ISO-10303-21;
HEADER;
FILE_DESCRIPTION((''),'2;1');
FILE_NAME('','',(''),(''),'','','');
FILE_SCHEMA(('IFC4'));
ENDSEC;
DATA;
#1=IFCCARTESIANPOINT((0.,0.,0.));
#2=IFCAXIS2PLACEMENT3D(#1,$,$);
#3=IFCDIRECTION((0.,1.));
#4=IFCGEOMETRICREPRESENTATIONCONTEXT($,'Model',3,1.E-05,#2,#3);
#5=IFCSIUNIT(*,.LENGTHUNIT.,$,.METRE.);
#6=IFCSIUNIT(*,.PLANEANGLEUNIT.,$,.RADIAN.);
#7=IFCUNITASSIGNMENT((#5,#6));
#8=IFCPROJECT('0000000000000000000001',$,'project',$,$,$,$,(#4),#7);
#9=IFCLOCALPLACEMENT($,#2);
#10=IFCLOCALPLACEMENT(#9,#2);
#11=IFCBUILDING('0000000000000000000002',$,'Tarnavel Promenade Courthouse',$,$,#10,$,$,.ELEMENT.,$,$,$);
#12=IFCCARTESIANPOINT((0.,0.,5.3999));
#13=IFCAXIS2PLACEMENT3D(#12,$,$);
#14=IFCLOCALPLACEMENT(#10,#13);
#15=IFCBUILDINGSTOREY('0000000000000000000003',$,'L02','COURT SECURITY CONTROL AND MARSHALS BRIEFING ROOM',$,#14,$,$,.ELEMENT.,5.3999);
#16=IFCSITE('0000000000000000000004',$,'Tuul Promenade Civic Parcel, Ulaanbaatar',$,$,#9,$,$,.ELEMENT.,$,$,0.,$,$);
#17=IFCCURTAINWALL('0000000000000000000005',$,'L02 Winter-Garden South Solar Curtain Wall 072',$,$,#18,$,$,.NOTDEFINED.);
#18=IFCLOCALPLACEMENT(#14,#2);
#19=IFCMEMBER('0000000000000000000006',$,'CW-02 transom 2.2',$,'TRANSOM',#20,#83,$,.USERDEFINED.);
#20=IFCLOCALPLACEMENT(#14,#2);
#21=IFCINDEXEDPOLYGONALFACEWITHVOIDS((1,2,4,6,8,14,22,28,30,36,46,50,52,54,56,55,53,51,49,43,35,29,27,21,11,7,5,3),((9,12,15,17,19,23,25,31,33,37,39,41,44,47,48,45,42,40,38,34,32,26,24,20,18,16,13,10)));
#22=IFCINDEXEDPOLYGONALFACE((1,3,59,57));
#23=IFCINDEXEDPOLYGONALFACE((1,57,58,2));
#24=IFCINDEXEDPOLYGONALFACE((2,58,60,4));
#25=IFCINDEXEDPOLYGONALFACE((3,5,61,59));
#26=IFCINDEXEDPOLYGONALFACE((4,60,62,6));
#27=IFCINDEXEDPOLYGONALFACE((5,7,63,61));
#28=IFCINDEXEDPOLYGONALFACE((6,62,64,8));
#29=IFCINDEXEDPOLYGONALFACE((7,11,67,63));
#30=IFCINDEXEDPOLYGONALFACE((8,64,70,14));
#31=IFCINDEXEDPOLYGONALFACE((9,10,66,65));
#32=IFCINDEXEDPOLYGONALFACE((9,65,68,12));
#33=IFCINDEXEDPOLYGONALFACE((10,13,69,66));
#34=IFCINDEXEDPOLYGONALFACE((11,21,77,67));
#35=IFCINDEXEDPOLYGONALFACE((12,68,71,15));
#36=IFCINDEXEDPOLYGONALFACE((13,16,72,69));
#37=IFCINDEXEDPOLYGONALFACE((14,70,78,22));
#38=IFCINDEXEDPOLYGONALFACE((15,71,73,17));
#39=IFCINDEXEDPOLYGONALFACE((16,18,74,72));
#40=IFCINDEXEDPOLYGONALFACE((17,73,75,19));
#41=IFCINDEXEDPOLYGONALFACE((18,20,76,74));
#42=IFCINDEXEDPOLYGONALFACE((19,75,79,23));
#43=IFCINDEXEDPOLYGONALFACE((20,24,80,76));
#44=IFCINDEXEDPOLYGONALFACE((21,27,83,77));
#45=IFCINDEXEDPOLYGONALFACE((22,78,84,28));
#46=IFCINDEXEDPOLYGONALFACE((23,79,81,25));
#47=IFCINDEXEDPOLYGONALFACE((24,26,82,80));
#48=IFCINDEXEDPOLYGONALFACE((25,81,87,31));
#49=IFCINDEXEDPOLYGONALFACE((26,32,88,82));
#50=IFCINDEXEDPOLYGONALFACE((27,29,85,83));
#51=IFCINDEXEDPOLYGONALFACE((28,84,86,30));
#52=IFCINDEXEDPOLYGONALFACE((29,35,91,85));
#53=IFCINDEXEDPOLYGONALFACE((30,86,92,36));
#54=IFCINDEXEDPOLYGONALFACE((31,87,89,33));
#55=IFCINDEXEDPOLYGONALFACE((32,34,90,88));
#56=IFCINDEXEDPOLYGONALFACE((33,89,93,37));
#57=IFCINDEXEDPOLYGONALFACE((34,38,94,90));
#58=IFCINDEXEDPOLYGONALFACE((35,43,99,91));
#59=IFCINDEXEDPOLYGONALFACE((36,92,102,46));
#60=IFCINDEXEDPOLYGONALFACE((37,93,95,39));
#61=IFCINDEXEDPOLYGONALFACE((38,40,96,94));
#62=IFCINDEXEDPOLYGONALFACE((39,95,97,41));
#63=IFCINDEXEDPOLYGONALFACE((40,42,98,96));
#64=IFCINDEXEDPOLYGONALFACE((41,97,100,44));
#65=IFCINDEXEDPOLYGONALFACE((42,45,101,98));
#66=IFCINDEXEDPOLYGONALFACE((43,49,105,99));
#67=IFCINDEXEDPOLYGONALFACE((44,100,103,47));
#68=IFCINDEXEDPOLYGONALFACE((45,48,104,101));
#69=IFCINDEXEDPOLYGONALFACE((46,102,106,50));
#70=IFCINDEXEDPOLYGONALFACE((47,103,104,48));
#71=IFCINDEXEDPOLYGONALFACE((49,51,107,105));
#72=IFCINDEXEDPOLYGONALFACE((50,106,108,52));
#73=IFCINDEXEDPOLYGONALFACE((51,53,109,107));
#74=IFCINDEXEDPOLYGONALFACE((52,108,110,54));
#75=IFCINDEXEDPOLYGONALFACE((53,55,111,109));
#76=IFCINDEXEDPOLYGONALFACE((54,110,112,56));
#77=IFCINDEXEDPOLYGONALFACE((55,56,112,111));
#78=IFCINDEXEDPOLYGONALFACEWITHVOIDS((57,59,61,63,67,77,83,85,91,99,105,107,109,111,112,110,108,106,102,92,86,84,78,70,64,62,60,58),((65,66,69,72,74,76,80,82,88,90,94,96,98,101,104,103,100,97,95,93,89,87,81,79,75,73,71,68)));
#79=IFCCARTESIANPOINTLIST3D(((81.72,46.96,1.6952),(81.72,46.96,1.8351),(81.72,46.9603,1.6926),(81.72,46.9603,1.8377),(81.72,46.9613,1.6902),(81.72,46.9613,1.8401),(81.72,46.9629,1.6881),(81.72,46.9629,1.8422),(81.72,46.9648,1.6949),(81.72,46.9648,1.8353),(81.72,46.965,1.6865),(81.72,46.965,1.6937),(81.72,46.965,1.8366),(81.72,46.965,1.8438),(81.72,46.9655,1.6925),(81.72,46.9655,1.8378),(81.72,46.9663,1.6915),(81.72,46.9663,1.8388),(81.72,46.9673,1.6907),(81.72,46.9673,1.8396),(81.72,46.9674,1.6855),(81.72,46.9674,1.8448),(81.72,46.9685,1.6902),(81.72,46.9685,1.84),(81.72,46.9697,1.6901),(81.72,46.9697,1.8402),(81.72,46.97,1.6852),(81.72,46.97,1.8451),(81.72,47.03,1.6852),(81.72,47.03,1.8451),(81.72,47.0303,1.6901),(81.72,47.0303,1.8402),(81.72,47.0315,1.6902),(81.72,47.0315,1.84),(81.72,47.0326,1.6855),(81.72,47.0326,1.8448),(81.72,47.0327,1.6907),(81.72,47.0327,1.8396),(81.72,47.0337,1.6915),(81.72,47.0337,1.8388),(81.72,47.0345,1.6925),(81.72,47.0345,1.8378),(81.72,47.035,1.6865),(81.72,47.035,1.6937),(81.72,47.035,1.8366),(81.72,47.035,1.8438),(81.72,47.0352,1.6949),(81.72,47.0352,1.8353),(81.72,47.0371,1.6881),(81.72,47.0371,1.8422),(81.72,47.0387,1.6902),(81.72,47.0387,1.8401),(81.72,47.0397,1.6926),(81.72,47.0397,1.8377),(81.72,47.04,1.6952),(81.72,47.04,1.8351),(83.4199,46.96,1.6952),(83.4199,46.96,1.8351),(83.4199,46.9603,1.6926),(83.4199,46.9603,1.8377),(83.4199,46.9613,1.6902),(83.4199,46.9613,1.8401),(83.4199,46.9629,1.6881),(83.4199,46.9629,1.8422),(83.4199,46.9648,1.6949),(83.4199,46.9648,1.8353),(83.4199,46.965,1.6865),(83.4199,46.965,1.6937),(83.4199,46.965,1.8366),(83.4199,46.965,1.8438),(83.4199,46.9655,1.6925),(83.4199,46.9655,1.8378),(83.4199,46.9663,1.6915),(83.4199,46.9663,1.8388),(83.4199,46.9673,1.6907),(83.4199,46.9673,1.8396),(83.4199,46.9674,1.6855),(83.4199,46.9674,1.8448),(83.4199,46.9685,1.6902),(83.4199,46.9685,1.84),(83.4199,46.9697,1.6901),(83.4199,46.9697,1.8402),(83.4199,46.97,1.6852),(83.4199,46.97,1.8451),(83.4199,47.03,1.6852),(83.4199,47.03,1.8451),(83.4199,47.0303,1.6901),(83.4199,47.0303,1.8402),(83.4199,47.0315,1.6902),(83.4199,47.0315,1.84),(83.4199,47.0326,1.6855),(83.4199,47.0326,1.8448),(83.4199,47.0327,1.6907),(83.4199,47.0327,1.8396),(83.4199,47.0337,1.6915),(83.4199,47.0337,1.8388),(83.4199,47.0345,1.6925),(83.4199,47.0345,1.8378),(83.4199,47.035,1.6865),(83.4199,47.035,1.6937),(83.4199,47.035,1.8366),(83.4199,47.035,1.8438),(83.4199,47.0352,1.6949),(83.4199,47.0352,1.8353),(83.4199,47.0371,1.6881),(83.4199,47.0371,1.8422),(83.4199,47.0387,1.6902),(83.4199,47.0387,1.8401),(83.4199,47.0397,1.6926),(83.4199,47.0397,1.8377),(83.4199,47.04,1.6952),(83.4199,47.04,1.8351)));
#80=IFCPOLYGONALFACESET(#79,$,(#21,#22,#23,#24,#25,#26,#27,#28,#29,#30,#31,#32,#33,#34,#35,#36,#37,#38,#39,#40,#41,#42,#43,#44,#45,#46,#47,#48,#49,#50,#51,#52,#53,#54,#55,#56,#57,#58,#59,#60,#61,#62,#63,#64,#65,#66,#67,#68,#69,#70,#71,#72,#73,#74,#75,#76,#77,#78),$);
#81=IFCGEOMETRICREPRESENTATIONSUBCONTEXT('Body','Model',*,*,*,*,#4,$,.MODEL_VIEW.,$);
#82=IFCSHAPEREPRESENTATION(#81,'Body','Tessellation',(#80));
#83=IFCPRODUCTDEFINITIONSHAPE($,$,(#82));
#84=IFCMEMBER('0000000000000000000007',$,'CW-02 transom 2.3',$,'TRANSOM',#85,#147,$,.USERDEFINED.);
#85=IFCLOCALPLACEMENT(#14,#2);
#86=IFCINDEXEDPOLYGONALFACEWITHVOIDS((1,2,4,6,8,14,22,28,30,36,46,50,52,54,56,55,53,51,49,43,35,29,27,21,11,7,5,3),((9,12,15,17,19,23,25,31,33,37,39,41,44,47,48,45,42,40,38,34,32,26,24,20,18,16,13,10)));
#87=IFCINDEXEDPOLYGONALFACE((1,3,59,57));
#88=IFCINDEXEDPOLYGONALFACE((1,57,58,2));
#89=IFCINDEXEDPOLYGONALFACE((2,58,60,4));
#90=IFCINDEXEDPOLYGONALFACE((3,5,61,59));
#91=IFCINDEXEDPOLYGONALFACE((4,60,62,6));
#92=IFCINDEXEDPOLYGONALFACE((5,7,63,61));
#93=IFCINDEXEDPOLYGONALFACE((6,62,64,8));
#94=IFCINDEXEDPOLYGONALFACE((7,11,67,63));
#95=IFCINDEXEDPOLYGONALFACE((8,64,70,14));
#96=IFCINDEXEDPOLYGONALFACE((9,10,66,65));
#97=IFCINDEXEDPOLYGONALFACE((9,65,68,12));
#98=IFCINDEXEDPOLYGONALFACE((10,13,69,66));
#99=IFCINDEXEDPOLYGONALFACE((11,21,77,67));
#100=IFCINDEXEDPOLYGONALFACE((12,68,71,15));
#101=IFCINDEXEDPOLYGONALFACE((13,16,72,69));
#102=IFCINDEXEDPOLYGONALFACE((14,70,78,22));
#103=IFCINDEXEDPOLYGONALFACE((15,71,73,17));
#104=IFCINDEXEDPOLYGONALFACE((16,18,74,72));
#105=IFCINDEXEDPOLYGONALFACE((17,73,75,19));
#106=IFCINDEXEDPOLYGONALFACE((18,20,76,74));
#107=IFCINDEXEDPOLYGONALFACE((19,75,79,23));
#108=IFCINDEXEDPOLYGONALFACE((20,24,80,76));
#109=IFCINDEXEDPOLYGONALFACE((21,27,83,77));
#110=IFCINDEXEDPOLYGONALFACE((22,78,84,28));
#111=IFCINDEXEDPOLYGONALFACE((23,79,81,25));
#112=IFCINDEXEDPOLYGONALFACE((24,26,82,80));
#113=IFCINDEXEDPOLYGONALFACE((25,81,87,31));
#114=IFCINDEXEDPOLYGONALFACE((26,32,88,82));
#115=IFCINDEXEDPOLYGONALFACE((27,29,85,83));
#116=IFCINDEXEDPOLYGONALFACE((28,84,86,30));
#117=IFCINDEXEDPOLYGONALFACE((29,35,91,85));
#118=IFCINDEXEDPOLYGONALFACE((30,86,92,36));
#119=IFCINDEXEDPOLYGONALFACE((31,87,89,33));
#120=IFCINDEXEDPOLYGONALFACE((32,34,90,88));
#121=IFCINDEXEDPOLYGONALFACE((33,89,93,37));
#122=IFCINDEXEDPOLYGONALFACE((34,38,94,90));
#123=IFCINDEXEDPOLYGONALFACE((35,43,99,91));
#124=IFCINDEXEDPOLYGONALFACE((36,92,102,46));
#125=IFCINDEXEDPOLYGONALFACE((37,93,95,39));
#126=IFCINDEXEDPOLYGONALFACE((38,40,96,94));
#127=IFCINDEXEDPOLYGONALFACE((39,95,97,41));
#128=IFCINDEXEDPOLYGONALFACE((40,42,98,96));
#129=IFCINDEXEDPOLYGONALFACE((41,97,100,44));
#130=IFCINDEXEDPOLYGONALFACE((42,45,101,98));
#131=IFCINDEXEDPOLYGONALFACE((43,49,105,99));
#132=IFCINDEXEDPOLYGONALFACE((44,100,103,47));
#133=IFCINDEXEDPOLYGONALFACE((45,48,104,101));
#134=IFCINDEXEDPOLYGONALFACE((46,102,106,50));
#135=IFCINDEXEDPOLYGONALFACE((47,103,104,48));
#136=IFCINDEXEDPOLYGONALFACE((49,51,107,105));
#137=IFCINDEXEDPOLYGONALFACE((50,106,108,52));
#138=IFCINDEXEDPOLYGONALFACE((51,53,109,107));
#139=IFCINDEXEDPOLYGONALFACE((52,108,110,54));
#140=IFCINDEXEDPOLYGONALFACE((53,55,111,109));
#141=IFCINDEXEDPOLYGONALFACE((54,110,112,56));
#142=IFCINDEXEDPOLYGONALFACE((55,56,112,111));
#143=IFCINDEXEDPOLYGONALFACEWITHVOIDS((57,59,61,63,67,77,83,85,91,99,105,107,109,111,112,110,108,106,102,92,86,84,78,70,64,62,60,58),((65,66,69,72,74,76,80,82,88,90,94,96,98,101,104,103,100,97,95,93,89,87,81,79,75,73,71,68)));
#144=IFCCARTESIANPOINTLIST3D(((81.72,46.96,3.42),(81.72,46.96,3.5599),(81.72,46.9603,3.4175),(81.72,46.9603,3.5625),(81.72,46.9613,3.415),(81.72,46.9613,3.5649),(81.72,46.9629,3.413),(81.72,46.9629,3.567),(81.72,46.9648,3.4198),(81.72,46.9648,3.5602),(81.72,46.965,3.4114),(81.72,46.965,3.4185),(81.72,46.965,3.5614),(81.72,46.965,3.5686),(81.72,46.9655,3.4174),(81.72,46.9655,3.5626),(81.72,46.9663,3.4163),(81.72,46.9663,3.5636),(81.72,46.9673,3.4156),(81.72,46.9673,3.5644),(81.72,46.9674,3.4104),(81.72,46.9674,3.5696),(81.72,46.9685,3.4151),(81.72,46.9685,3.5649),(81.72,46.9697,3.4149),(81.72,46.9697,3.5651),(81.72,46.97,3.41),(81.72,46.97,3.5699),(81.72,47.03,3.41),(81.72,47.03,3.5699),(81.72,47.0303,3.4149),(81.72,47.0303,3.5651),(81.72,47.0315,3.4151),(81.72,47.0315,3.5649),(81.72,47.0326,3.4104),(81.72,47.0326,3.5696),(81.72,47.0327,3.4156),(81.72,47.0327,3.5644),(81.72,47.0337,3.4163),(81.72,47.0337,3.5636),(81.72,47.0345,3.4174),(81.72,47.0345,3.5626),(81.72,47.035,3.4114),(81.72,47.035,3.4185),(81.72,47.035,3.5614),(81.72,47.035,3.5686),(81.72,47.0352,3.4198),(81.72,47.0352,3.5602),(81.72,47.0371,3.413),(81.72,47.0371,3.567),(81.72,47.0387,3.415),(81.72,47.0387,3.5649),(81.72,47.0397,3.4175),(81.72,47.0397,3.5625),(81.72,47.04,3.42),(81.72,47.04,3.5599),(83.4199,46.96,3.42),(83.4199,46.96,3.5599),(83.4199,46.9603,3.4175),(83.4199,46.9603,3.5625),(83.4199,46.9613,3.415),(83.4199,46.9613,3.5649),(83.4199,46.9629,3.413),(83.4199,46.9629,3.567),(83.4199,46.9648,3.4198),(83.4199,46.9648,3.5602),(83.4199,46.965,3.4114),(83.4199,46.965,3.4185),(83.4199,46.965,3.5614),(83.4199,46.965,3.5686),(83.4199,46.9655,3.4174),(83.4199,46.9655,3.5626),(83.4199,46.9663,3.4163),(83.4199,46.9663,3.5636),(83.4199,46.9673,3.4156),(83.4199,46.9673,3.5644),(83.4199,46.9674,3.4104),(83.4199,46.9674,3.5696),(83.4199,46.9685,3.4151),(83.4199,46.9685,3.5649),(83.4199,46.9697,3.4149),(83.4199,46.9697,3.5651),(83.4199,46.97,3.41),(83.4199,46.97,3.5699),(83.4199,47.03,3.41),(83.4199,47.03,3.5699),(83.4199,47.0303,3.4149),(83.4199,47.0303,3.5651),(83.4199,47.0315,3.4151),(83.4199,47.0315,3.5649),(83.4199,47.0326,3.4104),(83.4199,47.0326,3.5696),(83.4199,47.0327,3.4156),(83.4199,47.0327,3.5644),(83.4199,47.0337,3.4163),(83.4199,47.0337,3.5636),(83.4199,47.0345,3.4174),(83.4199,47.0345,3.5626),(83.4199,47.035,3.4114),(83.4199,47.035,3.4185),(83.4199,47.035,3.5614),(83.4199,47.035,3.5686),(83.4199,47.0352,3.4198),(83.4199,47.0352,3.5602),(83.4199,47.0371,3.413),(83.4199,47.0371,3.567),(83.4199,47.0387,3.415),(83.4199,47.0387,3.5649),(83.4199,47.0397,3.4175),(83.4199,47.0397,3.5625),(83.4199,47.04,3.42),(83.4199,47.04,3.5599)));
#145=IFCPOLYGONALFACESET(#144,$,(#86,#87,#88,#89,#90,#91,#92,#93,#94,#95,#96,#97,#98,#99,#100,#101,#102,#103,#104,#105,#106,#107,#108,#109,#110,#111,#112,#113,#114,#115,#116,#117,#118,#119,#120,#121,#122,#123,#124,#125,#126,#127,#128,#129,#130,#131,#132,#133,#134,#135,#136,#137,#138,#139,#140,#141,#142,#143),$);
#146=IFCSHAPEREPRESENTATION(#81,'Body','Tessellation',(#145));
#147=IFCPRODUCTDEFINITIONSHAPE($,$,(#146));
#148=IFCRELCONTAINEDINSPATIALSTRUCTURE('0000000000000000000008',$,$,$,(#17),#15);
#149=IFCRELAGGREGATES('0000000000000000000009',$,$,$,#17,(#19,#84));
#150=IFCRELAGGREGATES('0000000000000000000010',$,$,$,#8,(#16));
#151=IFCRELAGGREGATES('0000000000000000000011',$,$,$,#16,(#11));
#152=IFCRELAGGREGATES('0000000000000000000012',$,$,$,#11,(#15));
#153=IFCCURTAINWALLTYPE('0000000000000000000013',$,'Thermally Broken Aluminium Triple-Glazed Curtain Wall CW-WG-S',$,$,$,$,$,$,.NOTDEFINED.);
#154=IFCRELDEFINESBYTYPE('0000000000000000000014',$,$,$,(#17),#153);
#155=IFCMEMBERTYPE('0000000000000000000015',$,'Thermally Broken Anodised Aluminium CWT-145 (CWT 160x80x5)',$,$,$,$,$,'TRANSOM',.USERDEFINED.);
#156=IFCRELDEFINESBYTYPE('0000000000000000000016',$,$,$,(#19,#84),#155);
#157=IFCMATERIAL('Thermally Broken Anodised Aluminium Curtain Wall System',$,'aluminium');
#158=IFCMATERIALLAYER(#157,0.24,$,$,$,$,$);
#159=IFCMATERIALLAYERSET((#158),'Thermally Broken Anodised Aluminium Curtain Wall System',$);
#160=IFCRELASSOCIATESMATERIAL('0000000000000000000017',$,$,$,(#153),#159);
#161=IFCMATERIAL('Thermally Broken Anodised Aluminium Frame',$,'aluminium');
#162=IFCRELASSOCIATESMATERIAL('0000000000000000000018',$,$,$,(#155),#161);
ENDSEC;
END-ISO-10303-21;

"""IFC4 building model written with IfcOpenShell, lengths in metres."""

from ifc_helpers import new_model, si_unit, direction, frame, origin, origin_2d, place, context, subcontext, project, spatial, hollow_rectangle, extrude, material, layer, layer_set, material_profile, profile_set, type_object, element, aggregate, save


model = new_model("IFC4")

# Units and contexts
model_context = context("Model", 3, precision=1e-05, world=origin(), true_north=direction((0.0, 1.0)))
body_context = subcontext(model_context, "Body", "Model", "MODEL_VIEW")
ifc_project = project(units=[si_unit("LENGTHUNIT", "METRE"), si_unit("PLANEANGLEUNIT", "RADIAN")], contexts=[model_context])

# Site, building, storey
site_placement = place(None, origin())
site = spatial("IfcSite", under=ifc_project, at=site_placement, Name="Tuul Promenade Civic Parcel, Ulaanbaatar", CompositionType="ELEMENT", RefElevation=0.0)
building_placement = place(site_placement, origin())
building = spatial("IfcBuilding", under=site, at=building_placement, Name="Tarnavel Promenade Courthouse", CompositionType="ELEMENT")
storey_placement = place(building_placement, frame((0.0, 0.0, 5.3999)))
storey = spatial("IfcBuildingStorey", under=building, at=storey_placement, Name="L02", Description="COURT SECURITY CONTROL AND MARSHALS BRIEFING ROOM", CompositionType="ELEMENT", Elevation=5.3999)

# Curtain wall
ifc_material_1 = material(Name="Thermally Broken Anodised Aluminium Curtain Wall System", Category="aluminium")
ifc_layer_1 = layer(ifc_material_1, 0.24)
ifc_layer_set_1 = layer_set([ifc_layer_1], Name="Thermally Broken Anodised Aluminium Curtain Wall System")
curtain_wall_type = type_object("IfcCurtainWallType", Name="Thermally Broken Aluminium Triple-Glazed Curtain Wall CW-WG-S", PredefinedType="NOTDEFINED", material=ifc_layer_set_1)
ifc_material_2 = material(Name="Thermally Broken Anodised Aluminium Frame", Category="aluminium")
curtain_wall_1_placement = place(storey_placement, origin())
curtain_wall_1 = element("IfcCurtainWall", 1, at=curtain_wall_1_placement, inside=storey, type_object=curtain_wall_type, Name="L02 Winter-Garden South Solar Curtain Wall 072", PredefinedType="NOTDEFINED")

# Members
ifc_material_profile_1 = material_profile(ifc_material_2, hollow_rectangle(XDim=0.0801, YDim=0.1599, WallThickness=0.0049, InnerFilletRadius=0.0049, OuterFilletRadius=0.01, at=origin_2d()), Name="CWT 160x80x5")
ifc_profile_set_1 = profile_set([ifc_material_profile_1], Name="Thermally Broken Anodised Aluminium Frame")
member_type_1 = type_object("IfcMemberType", Name="Thermally Broken Anodised Aluminium CWT-145 (CWT 160x80x5)", ElementType="TRANSOM", PredefinedType="USERDEFINED", material=ifc_profile_set_1)
member_1_placement = place(storey_placement, frame((81.72, 47.0, 1.7651), z_axis=(1.0, 0.0, 0.0), x_axis=(0.0, 1.0, 0.0)))
member_1 = element("IfcMember", 2, at=member_1_placement, type_object=member_type_1, Name="CW-02 transom 2.2", ObjectType="TRANSOM", PredefinedType="USERDEFINED", context=body_context, shape_type="SweptSolid", body=[
    extrude(hollow_rectangle(XDim=0.0801, YDim=0.1599, WallThickness=0.0049, InnerFilletRadius=0.0049, OuterFilletRadius=0.01, at=origin_2d()), origin(), (0.0, 0.0, 1.0), 1.7),
])
member_2_placement = place(storey_placement, frame((81.72, 47.0, 3.49), z_axis=(1.0, 0.0, 0.0), x_axis=(0.0, 1.0, 0.0)))
member_2 = element("IfcMember", 3, at=member_2_placement, type_object=member_type_1, Name="CW-02 transom 2.3", ObjectType="TRANSOM", PredefinedType="USERDEFINED", context=body_context, shape_type="SweptSolid", body=[
    extrude(hollow_rectangle(XDim=0.0801, YDim=0.1599, WallThickness=0.0049, InnerFilletRadius=0.0049, OuterFilletRadius=0.01, at=origin_2d()), origin(), (0.0, 0.0, 1.0), 1.7),
])

aggregate(curtain_wall_1, [member_1, member_2])

save(model, "model.ifc")
